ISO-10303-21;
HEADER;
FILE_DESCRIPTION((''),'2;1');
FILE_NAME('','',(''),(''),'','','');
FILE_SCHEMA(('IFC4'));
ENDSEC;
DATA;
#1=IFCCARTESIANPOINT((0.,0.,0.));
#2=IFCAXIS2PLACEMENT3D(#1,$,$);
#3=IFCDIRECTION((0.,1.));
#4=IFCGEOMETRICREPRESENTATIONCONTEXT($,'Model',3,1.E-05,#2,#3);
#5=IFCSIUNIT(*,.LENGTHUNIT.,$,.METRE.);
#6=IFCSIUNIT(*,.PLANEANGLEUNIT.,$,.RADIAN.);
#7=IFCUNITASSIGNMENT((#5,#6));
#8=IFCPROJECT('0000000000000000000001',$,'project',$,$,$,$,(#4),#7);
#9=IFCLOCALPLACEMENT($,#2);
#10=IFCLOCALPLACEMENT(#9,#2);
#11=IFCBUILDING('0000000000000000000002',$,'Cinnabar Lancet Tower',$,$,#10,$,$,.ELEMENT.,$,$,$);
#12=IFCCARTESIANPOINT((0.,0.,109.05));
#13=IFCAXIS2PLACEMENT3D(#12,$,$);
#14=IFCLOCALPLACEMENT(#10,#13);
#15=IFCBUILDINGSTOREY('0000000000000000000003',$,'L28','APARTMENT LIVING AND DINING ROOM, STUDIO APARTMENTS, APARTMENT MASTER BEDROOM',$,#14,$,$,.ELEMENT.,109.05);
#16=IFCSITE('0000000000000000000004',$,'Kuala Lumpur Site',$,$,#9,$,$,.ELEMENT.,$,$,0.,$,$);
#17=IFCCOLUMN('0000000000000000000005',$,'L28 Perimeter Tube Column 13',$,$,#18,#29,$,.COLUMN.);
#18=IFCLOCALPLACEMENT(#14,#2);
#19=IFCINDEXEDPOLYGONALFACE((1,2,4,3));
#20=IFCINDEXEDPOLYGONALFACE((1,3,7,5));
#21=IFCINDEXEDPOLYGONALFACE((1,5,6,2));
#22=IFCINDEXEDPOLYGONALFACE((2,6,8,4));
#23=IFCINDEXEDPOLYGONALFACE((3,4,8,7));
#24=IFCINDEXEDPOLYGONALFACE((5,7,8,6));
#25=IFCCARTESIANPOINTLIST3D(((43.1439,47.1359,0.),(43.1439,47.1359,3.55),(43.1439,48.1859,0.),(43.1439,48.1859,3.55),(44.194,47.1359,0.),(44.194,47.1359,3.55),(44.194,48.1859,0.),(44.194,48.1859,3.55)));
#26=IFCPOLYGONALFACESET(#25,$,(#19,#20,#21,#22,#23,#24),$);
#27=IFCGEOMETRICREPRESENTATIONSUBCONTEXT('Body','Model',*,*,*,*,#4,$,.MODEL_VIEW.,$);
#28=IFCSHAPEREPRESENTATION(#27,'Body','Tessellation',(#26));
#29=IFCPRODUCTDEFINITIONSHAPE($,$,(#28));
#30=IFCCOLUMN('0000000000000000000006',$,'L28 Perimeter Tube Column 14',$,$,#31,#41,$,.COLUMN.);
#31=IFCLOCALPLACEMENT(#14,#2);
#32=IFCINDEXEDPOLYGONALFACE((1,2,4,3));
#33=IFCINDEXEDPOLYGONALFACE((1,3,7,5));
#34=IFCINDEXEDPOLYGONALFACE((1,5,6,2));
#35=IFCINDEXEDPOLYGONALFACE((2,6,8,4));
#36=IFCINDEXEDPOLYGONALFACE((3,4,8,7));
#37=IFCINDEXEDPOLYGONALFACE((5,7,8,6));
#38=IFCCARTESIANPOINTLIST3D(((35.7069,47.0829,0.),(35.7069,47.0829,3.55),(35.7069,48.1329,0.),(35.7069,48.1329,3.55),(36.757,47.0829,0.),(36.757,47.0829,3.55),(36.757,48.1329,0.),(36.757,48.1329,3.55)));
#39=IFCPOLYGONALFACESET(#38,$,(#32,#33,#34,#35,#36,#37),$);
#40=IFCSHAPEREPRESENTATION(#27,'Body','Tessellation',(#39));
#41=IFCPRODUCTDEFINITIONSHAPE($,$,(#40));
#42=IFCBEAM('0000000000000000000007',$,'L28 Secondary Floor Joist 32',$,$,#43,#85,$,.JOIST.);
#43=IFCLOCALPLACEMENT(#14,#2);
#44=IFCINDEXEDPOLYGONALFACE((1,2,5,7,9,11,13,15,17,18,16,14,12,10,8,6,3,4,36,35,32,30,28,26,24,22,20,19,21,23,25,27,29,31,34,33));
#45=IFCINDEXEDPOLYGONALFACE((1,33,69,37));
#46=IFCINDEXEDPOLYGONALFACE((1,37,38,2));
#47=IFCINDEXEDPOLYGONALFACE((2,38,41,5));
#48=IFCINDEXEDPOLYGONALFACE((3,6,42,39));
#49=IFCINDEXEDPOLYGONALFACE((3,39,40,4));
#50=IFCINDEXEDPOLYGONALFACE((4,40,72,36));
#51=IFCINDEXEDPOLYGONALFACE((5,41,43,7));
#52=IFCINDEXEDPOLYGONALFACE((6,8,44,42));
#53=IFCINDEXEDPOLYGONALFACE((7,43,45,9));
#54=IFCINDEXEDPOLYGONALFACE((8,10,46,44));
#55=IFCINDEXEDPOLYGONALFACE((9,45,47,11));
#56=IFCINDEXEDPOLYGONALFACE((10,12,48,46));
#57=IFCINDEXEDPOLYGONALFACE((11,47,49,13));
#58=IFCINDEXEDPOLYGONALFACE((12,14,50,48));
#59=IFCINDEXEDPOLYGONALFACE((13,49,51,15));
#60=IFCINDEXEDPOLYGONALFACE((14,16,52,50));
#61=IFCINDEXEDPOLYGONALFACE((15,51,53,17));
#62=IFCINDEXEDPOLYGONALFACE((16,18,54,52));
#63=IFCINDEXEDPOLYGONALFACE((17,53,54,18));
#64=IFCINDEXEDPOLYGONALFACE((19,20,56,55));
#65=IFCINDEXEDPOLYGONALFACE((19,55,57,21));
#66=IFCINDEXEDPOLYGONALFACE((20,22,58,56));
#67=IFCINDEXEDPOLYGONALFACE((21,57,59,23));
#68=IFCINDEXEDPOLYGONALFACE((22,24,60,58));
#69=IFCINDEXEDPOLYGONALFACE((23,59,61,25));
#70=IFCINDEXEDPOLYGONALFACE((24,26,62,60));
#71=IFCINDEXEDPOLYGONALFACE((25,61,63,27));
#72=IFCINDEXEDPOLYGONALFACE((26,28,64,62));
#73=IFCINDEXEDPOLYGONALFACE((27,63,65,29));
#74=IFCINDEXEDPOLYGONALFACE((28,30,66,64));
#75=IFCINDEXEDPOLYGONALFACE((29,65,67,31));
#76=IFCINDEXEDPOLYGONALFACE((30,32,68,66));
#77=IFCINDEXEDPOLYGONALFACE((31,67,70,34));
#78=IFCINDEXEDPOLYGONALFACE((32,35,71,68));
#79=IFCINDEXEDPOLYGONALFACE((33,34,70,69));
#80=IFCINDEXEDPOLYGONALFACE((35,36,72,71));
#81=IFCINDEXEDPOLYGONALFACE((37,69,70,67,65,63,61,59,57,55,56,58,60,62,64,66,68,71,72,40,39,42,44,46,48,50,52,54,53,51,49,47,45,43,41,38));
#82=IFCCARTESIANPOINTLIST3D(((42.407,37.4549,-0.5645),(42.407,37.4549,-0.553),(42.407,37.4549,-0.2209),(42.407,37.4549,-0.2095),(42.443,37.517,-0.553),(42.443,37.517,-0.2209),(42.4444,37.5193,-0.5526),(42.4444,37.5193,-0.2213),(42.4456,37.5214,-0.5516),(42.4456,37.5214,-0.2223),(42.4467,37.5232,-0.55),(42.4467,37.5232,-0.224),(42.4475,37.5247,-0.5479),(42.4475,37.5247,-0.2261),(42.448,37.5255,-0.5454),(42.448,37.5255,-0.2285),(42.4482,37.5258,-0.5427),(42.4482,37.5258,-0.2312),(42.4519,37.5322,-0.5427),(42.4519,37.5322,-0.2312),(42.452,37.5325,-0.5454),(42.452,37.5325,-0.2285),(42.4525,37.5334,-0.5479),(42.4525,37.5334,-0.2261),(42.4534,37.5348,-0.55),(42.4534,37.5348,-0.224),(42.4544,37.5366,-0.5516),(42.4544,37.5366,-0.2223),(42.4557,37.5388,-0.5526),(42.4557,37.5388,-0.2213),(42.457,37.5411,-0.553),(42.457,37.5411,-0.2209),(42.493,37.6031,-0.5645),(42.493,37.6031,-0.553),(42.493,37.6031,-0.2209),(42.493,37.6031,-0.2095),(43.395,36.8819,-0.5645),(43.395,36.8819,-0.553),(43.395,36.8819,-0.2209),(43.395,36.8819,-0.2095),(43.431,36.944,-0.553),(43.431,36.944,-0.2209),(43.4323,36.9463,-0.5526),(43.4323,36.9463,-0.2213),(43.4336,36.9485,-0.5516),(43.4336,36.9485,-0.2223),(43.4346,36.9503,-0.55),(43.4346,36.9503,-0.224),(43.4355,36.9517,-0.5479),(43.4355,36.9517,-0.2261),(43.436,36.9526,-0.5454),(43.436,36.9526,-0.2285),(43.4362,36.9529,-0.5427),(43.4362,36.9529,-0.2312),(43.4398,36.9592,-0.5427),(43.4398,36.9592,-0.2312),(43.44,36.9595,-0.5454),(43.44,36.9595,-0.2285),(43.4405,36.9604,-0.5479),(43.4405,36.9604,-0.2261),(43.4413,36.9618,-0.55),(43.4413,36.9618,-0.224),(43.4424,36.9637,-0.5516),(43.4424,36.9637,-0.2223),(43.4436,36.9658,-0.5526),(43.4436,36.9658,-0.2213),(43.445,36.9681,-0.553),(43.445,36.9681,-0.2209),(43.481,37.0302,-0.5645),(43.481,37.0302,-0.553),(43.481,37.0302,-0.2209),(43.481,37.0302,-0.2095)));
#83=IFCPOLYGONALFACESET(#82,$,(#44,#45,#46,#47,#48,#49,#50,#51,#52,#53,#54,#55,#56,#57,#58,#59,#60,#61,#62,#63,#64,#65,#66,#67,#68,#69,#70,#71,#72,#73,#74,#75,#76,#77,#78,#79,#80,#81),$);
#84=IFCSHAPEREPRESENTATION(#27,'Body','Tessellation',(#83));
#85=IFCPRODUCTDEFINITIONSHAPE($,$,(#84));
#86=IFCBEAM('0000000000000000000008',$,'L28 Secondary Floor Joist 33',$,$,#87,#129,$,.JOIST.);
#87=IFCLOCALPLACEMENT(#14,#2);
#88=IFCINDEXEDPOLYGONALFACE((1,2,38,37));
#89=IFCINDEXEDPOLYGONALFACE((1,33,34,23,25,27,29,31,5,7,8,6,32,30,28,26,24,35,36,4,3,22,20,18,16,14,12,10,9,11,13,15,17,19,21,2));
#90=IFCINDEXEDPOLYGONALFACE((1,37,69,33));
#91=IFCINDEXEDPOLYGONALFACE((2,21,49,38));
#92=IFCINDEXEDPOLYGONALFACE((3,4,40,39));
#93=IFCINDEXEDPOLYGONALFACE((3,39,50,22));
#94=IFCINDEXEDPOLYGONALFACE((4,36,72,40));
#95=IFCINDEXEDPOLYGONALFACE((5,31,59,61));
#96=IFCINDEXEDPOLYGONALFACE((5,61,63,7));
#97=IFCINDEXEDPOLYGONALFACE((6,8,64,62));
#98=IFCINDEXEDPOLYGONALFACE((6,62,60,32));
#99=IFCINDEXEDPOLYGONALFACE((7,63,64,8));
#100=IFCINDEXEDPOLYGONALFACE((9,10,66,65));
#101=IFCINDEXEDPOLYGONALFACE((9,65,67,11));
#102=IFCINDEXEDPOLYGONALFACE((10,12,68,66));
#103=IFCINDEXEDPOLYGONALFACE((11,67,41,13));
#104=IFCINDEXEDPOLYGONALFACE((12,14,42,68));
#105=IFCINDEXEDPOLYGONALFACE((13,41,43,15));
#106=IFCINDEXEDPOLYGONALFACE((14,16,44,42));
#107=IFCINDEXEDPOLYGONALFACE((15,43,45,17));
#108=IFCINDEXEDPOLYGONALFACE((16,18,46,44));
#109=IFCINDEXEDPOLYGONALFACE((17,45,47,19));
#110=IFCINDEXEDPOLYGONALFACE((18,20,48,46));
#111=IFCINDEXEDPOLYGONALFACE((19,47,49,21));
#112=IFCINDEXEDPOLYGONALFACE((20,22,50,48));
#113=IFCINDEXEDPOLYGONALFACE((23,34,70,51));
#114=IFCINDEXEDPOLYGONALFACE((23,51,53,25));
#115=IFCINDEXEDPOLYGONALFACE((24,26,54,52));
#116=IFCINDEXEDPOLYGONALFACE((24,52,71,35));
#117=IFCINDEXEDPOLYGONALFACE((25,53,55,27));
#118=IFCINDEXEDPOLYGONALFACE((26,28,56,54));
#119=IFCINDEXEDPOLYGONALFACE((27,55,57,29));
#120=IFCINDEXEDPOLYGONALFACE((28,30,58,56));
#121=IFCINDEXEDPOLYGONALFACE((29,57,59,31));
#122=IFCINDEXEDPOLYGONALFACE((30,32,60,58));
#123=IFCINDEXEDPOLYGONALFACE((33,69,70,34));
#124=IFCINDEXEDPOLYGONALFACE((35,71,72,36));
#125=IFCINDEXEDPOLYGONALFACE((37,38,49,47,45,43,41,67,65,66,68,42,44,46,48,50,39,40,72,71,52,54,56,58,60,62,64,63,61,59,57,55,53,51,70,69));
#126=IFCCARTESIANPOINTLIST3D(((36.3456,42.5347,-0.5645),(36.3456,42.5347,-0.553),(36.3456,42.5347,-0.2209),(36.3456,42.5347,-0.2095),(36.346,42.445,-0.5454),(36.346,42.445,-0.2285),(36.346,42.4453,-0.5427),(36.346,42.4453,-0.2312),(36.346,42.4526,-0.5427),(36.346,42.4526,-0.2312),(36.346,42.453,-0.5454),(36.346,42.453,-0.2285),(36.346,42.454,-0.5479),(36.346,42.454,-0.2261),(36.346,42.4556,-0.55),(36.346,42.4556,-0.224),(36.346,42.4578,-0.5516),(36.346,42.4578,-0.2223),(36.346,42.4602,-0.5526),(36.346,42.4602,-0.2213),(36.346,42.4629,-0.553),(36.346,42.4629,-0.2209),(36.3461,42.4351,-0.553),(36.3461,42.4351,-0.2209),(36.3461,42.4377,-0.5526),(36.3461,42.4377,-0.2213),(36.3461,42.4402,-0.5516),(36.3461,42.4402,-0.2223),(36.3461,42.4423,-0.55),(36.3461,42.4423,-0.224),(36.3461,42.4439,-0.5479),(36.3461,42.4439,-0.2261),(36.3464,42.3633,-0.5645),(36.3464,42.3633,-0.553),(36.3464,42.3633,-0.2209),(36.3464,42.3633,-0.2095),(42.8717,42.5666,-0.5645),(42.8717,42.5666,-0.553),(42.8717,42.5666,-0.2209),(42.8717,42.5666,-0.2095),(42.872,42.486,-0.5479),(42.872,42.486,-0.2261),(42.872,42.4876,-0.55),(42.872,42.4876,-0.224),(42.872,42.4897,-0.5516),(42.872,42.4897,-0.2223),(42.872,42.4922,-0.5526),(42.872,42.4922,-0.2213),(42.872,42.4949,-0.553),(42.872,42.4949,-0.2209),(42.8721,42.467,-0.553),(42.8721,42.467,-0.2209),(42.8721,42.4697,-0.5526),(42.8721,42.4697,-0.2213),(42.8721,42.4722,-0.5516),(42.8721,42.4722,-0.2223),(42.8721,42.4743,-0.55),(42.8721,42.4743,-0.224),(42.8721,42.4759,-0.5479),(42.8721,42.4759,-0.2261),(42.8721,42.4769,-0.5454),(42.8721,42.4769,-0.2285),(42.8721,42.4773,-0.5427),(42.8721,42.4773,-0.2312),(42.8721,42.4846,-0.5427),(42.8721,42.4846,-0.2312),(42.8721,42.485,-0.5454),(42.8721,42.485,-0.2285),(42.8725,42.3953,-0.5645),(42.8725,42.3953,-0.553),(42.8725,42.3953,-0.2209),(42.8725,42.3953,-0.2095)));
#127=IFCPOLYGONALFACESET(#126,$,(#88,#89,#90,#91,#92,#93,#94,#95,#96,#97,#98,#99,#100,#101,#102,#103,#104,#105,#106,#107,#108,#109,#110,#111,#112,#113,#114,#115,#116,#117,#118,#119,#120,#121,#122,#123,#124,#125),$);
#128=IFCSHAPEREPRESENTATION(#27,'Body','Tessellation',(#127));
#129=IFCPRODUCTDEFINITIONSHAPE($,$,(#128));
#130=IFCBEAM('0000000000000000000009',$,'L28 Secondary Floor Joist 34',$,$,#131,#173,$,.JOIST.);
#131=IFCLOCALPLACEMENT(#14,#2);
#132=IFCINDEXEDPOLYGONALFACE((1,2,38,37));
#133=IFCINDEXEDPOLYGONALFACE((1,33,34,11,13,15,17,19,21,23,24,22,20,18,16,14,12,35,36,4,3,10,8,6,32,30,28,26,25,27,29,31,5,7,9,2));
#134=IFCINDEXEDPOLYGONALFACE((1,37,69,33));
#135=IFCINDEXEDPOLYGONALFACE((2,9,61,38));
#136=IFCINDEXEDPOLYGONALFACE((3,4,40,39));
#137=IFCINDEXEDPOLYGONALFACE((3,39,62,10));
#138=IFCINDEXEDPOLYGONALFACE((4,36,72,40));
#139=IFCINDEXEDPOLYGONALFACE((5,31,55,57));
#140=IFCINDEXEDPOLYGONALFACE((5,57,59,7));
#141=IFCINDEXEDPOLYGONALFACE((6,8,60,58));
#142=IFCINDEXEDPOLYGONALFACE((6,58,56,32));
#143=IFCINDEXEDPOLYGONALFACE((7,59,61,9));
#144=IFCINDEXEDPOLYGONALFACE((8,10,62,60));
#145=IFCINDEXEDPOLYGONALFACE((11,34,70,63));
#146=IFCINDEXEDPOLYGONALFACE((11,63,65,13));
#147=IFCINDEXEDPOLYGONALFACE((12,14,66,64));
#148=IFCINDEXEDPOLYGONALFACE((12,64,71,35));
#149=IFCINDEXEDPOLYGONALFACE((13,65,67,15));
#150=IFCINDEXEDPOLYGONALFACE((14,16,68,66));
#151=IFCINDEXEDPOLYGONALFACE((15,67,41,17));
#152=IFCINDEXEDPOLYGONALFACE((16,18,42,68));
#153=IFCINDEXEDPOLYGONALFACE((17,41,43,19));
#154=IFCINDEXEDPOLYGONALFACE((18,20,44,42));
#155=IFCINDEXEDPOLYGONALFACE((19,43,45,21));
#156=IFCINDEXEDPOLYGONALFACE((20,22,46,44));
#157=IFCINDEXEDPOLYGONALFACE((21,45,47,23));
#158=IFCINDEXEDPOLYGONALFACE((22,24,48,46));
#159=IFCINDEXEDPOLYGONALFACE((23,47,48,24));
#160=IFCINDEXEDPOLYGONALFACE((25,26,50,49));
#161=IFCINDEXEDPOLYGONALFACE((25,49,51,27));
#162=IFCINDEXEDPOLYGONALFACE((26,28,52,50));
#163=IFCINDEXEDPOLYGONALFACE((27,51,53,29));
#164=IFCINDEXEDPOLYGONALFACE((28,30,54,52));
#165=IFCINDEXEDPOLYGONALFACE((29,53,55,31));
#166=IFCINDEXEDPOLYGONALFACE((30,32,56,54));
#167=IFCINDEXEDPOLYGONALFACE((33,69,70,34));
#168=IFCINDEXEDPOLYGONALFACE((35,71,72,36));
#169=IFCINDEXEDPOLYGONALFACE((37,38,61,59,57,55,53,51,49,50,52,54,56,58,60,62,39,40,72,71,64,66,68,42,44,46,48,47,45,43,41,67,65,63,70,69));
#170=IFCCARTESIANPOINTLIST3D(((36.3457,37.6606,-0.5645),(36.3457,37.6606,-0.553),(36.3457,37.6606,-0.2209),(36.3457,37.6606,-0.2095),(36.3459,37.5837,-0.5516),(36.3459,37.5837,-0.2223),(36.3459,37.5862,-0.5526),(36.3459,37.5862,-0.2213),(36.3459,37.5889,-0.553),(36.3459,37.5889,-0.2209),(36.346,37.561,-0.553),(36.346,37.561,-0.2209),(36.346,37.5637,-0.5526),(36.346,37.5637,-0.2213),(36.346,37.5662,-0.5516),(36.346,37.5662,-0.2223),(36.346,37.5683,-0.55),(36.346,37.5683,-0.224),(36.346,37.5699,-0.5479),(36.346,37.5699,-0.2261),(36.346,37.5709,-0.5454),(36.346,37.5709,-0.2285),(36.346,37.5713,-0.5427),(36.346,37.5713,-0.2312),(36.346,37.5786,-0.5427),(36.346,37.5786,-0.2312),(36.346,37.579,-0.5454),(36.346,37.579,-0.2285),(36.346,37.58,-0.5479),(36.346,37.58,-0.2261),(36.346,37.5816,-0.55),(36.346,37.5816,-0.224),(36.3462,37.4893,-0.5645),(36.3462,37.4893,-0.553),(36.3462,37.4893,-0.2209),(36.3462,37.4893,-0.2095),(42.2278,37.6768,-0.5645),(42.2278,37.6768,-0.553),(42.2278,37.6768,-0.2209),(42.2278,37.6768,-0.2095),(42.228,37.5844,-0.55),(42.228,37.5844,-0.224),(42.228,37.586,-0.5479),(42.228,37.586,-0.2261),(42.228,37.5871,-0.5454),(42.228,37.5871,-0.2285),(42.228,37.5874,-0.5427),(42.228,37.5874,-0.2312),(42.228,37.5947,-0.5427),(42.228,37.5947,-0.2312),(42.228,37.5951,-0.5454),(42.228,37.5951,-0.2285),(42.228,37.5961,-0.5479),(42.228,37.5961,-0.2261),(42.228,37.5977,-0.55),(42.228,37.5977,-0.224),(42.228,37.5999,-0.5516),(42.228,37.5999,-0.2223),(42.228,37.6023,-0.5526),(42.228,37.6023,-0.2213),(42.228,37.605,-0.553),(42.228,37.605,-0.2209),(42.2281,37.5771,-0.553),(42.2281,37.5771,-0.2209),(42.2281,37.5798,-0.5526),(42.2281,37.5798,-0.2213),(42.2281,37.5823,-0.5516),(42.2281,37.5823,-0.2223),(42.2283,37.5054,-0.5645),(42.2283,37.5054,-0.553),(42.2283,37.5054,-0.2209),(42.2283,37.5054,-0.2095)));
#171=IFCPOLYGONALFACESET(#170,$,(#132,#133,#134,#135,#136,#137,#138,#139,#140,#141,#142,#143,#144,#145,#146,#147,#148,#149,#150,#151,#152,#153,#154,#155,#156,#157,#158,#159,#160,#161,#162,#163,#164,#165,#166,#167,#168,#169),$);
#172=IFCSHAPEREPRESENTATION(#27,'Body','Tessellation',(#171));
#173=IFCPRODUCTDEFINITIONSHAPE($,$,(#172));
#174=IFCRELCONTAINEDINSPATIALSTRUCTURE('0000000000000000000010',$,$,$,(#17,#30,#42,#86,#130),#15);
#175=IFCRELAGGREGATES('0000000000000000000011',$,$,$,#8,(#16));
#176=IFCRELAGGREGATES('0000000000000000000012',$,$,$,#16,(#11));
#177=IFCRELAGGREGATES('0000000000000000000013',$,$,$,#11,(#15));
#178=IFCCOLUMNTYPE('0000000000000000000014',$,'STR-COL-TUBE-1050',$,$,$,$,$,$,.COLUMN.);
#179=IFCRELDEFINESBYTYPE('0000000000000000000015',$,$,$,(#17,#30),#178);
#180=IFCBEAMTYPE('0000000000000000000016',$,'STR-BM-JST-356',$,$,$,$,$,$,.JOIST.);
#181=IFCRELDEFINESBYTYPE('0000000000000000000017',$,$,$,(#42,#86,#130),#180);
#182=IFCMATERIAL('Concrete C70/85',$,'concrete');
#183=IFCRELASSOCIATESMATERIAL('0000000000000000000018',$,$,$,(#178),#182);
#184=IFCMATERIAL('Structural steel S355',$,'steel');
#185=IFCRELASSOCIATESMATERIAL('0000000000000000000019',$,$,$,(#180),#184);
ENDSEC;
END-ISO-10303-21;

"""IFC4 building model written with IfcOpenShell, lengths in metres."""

from ifc_helpers import new_model, si_unit, direction, frame, origin, origin_2d, place, context, subcontext, project, spatial, rectangle, i_section, extrude, material, material_profile, profile_set, type_object, element, save


model = new_model("IFC4")

# Units and contexts
model_context = context("Model", 3, precision=1e-05, world=origin(), true_north=direction((0.0, 1.0)))
body_context = subcontext(model_context, "Body", "Model", "MODEL_VIEW")
ifc_project = project(units=[si_unit("LENGTHUNIT", "METRE"), si_unit("PLANEANGLEUNIT", "RADIAN")], contexts=[model_context])

# Site, building, storey
site_placement = place(None, origin())
site = spatial("IfcSite", under=ifc_project, at=site_placement, Name="Kuala Lumpur Site", CompositionType="ELEMENT", RefElevation=0.0)
building_placement = place(site_placement, origin())
building = spatial("IfcBuilding", under=site, at=building_placement, Name="Cinnabar Lancet Tower", CompositionType="ELEMENT")
storey_placement = place(building_placement, frame((0.0, 0.0, 109.05)))
storey = spatial("IfcBuildingStorey", under=building, at=storey_placement, Name="L28", Description="APARTMENT LIVING AND DINING ROOM, STUDIO APARTMENTS, APARTMENT MASTER BEDROOM", CompositionType="ELEMENT", Elevation=109.05)

# Columns
ifc_material_1 = material(Name="Concrete C70/85", Category="concrete")
ifc_material_profile_1 = material_profile(ifc_material_1, rectangle(XDim=1.05, YDim=1.05, at=origin_2d()), Name="RC-COL 1050x1050")
ifc_profile_set_1 = profile_set([ifc_material_profile_1], Name="Concrete C70/85")
column_type = type_object("IfcColumnType", Name="STR-COL-TUBE-1050", PredefinedType="COLUMN", material=ifc_profile_set_1)
for number, where, z_axis, x_axis, name in (
    (1, (43.6689, 47.6609, 0.0), (0.0, 0.0, 1.0), (1.0, 0.0, 0.0), "L28 Perimeter Tube Column 13"),
    (2, (36.2319, 47.6079, 0.0), (0.0, 0.0, 1.0), (1.0, 0.0, 0.0), "L28 Perimeter Tube Column 14"),
):
    element("IfcColumn", number, at=place(storey_placement, frame(where, z_axis=z_axis, x_axis=x_axis)), inside=storey, type_object=column_type, Name=name, PredefinedType="COLUMN", context=body_context, shape_type="SweptSolid", body=[
        extrude(rectangle(XDim=1.05, YDim=1.05, at=origin_2d()), origin(), (0.0, 0.0, 1.0), 3.55),
    ])

# Beams
ifc_material_2 = material(Name="Structural steel S355", Category="steel")
ifc_material_profile_2 = material_profile(ifc_material_2, i_section(OverallWidth=0.1714, OverallDepth=0.355, WebThickness=0.0073, FlangeThickness=0.0115, FilletRadius=0.0103, at=origin_2d()), Name="UKB 356x171x51")
ifc_profile_set_2 = profile_set([ifc_material_profile_2], Name="Structural steel S355")
beam_type_1 = type_object("IfcBeamType", Name="STR-BM-JST-356", PredefinedType="JOIST", material=ifc_profile_set_2)
beam_1_placement = place(storey_placement, frame((43.438, 36.9561, -0.387), z_axis=(-0.865055, 0.501677, 0.0), x_axis=(-0.501677, -0.865055, 0.0)))
element("IfcBeam", 3, at=beam_1_placement, inside=storey, type_object=beam_type_1, Name="L28 Secondary Floor Joist 32", PredefinedType="JOIST", context=body_context, shape_type="SweptSolid", body=[
    extrude(i_section(OverallWidth=0.1714, OverallDepth=0.355, WebThickness=0.0073, FlangeThickness=0.0115, FilletRadius=0.0103, at=origin_2d()), origin(), (0.0, 0.0, 1.0), 1.1421),
])
beam_2_placement = place(storey_placement, frame((42.8721, 42.481, -0.387), z_axis=(-0.999988, -0.004901, 0.0), x_axis=(0.004901, -0.999988, 0.0)))
element("IfcBeam", 4, at=beam_2_placement, inside=storey, type_object=beam_type_1, Name="L28 Secondary Floor Joist 33", PredefinedType="JOIST", context=body_context, shape_type="SweptSolid", body=[
    extrude(i_section(OverallWidth=0.1714, OverallDepth=0.355, WebThickness=0.0073, FlangeThickness=0.0115, FilletRadius=0.0103, at=origin_2d()), origin(), (0.0, 0.0, 1.0), 6.5261),
])
beam_3_placement = place(storey_placement, frame((42.228, 37.5911, -0.387), z_axis=(-0.999996, -0.002739, 0.0), x_axis=(0.002739, -0.999996, 0.0)))
element("IfcBeam", 5, at=beam_3_placement, inside=storey, type_object=beam_type_1, Name="L28 Secondary Floor Joist 34", PredefinedType="JOIST", context=body_context, shape_type="SweptSolid", body=[
    extrude(i_section(OverallWidth=0.1714, OverallDepth=0.355, WebThickness=0.0073, FlangeThickness=0.0115, FilletRadius=0.0103, at=origin_2d()), origin(), (0.0, 0.0, 1.0), 5.8821),
])

save(model, "model.ifc")
